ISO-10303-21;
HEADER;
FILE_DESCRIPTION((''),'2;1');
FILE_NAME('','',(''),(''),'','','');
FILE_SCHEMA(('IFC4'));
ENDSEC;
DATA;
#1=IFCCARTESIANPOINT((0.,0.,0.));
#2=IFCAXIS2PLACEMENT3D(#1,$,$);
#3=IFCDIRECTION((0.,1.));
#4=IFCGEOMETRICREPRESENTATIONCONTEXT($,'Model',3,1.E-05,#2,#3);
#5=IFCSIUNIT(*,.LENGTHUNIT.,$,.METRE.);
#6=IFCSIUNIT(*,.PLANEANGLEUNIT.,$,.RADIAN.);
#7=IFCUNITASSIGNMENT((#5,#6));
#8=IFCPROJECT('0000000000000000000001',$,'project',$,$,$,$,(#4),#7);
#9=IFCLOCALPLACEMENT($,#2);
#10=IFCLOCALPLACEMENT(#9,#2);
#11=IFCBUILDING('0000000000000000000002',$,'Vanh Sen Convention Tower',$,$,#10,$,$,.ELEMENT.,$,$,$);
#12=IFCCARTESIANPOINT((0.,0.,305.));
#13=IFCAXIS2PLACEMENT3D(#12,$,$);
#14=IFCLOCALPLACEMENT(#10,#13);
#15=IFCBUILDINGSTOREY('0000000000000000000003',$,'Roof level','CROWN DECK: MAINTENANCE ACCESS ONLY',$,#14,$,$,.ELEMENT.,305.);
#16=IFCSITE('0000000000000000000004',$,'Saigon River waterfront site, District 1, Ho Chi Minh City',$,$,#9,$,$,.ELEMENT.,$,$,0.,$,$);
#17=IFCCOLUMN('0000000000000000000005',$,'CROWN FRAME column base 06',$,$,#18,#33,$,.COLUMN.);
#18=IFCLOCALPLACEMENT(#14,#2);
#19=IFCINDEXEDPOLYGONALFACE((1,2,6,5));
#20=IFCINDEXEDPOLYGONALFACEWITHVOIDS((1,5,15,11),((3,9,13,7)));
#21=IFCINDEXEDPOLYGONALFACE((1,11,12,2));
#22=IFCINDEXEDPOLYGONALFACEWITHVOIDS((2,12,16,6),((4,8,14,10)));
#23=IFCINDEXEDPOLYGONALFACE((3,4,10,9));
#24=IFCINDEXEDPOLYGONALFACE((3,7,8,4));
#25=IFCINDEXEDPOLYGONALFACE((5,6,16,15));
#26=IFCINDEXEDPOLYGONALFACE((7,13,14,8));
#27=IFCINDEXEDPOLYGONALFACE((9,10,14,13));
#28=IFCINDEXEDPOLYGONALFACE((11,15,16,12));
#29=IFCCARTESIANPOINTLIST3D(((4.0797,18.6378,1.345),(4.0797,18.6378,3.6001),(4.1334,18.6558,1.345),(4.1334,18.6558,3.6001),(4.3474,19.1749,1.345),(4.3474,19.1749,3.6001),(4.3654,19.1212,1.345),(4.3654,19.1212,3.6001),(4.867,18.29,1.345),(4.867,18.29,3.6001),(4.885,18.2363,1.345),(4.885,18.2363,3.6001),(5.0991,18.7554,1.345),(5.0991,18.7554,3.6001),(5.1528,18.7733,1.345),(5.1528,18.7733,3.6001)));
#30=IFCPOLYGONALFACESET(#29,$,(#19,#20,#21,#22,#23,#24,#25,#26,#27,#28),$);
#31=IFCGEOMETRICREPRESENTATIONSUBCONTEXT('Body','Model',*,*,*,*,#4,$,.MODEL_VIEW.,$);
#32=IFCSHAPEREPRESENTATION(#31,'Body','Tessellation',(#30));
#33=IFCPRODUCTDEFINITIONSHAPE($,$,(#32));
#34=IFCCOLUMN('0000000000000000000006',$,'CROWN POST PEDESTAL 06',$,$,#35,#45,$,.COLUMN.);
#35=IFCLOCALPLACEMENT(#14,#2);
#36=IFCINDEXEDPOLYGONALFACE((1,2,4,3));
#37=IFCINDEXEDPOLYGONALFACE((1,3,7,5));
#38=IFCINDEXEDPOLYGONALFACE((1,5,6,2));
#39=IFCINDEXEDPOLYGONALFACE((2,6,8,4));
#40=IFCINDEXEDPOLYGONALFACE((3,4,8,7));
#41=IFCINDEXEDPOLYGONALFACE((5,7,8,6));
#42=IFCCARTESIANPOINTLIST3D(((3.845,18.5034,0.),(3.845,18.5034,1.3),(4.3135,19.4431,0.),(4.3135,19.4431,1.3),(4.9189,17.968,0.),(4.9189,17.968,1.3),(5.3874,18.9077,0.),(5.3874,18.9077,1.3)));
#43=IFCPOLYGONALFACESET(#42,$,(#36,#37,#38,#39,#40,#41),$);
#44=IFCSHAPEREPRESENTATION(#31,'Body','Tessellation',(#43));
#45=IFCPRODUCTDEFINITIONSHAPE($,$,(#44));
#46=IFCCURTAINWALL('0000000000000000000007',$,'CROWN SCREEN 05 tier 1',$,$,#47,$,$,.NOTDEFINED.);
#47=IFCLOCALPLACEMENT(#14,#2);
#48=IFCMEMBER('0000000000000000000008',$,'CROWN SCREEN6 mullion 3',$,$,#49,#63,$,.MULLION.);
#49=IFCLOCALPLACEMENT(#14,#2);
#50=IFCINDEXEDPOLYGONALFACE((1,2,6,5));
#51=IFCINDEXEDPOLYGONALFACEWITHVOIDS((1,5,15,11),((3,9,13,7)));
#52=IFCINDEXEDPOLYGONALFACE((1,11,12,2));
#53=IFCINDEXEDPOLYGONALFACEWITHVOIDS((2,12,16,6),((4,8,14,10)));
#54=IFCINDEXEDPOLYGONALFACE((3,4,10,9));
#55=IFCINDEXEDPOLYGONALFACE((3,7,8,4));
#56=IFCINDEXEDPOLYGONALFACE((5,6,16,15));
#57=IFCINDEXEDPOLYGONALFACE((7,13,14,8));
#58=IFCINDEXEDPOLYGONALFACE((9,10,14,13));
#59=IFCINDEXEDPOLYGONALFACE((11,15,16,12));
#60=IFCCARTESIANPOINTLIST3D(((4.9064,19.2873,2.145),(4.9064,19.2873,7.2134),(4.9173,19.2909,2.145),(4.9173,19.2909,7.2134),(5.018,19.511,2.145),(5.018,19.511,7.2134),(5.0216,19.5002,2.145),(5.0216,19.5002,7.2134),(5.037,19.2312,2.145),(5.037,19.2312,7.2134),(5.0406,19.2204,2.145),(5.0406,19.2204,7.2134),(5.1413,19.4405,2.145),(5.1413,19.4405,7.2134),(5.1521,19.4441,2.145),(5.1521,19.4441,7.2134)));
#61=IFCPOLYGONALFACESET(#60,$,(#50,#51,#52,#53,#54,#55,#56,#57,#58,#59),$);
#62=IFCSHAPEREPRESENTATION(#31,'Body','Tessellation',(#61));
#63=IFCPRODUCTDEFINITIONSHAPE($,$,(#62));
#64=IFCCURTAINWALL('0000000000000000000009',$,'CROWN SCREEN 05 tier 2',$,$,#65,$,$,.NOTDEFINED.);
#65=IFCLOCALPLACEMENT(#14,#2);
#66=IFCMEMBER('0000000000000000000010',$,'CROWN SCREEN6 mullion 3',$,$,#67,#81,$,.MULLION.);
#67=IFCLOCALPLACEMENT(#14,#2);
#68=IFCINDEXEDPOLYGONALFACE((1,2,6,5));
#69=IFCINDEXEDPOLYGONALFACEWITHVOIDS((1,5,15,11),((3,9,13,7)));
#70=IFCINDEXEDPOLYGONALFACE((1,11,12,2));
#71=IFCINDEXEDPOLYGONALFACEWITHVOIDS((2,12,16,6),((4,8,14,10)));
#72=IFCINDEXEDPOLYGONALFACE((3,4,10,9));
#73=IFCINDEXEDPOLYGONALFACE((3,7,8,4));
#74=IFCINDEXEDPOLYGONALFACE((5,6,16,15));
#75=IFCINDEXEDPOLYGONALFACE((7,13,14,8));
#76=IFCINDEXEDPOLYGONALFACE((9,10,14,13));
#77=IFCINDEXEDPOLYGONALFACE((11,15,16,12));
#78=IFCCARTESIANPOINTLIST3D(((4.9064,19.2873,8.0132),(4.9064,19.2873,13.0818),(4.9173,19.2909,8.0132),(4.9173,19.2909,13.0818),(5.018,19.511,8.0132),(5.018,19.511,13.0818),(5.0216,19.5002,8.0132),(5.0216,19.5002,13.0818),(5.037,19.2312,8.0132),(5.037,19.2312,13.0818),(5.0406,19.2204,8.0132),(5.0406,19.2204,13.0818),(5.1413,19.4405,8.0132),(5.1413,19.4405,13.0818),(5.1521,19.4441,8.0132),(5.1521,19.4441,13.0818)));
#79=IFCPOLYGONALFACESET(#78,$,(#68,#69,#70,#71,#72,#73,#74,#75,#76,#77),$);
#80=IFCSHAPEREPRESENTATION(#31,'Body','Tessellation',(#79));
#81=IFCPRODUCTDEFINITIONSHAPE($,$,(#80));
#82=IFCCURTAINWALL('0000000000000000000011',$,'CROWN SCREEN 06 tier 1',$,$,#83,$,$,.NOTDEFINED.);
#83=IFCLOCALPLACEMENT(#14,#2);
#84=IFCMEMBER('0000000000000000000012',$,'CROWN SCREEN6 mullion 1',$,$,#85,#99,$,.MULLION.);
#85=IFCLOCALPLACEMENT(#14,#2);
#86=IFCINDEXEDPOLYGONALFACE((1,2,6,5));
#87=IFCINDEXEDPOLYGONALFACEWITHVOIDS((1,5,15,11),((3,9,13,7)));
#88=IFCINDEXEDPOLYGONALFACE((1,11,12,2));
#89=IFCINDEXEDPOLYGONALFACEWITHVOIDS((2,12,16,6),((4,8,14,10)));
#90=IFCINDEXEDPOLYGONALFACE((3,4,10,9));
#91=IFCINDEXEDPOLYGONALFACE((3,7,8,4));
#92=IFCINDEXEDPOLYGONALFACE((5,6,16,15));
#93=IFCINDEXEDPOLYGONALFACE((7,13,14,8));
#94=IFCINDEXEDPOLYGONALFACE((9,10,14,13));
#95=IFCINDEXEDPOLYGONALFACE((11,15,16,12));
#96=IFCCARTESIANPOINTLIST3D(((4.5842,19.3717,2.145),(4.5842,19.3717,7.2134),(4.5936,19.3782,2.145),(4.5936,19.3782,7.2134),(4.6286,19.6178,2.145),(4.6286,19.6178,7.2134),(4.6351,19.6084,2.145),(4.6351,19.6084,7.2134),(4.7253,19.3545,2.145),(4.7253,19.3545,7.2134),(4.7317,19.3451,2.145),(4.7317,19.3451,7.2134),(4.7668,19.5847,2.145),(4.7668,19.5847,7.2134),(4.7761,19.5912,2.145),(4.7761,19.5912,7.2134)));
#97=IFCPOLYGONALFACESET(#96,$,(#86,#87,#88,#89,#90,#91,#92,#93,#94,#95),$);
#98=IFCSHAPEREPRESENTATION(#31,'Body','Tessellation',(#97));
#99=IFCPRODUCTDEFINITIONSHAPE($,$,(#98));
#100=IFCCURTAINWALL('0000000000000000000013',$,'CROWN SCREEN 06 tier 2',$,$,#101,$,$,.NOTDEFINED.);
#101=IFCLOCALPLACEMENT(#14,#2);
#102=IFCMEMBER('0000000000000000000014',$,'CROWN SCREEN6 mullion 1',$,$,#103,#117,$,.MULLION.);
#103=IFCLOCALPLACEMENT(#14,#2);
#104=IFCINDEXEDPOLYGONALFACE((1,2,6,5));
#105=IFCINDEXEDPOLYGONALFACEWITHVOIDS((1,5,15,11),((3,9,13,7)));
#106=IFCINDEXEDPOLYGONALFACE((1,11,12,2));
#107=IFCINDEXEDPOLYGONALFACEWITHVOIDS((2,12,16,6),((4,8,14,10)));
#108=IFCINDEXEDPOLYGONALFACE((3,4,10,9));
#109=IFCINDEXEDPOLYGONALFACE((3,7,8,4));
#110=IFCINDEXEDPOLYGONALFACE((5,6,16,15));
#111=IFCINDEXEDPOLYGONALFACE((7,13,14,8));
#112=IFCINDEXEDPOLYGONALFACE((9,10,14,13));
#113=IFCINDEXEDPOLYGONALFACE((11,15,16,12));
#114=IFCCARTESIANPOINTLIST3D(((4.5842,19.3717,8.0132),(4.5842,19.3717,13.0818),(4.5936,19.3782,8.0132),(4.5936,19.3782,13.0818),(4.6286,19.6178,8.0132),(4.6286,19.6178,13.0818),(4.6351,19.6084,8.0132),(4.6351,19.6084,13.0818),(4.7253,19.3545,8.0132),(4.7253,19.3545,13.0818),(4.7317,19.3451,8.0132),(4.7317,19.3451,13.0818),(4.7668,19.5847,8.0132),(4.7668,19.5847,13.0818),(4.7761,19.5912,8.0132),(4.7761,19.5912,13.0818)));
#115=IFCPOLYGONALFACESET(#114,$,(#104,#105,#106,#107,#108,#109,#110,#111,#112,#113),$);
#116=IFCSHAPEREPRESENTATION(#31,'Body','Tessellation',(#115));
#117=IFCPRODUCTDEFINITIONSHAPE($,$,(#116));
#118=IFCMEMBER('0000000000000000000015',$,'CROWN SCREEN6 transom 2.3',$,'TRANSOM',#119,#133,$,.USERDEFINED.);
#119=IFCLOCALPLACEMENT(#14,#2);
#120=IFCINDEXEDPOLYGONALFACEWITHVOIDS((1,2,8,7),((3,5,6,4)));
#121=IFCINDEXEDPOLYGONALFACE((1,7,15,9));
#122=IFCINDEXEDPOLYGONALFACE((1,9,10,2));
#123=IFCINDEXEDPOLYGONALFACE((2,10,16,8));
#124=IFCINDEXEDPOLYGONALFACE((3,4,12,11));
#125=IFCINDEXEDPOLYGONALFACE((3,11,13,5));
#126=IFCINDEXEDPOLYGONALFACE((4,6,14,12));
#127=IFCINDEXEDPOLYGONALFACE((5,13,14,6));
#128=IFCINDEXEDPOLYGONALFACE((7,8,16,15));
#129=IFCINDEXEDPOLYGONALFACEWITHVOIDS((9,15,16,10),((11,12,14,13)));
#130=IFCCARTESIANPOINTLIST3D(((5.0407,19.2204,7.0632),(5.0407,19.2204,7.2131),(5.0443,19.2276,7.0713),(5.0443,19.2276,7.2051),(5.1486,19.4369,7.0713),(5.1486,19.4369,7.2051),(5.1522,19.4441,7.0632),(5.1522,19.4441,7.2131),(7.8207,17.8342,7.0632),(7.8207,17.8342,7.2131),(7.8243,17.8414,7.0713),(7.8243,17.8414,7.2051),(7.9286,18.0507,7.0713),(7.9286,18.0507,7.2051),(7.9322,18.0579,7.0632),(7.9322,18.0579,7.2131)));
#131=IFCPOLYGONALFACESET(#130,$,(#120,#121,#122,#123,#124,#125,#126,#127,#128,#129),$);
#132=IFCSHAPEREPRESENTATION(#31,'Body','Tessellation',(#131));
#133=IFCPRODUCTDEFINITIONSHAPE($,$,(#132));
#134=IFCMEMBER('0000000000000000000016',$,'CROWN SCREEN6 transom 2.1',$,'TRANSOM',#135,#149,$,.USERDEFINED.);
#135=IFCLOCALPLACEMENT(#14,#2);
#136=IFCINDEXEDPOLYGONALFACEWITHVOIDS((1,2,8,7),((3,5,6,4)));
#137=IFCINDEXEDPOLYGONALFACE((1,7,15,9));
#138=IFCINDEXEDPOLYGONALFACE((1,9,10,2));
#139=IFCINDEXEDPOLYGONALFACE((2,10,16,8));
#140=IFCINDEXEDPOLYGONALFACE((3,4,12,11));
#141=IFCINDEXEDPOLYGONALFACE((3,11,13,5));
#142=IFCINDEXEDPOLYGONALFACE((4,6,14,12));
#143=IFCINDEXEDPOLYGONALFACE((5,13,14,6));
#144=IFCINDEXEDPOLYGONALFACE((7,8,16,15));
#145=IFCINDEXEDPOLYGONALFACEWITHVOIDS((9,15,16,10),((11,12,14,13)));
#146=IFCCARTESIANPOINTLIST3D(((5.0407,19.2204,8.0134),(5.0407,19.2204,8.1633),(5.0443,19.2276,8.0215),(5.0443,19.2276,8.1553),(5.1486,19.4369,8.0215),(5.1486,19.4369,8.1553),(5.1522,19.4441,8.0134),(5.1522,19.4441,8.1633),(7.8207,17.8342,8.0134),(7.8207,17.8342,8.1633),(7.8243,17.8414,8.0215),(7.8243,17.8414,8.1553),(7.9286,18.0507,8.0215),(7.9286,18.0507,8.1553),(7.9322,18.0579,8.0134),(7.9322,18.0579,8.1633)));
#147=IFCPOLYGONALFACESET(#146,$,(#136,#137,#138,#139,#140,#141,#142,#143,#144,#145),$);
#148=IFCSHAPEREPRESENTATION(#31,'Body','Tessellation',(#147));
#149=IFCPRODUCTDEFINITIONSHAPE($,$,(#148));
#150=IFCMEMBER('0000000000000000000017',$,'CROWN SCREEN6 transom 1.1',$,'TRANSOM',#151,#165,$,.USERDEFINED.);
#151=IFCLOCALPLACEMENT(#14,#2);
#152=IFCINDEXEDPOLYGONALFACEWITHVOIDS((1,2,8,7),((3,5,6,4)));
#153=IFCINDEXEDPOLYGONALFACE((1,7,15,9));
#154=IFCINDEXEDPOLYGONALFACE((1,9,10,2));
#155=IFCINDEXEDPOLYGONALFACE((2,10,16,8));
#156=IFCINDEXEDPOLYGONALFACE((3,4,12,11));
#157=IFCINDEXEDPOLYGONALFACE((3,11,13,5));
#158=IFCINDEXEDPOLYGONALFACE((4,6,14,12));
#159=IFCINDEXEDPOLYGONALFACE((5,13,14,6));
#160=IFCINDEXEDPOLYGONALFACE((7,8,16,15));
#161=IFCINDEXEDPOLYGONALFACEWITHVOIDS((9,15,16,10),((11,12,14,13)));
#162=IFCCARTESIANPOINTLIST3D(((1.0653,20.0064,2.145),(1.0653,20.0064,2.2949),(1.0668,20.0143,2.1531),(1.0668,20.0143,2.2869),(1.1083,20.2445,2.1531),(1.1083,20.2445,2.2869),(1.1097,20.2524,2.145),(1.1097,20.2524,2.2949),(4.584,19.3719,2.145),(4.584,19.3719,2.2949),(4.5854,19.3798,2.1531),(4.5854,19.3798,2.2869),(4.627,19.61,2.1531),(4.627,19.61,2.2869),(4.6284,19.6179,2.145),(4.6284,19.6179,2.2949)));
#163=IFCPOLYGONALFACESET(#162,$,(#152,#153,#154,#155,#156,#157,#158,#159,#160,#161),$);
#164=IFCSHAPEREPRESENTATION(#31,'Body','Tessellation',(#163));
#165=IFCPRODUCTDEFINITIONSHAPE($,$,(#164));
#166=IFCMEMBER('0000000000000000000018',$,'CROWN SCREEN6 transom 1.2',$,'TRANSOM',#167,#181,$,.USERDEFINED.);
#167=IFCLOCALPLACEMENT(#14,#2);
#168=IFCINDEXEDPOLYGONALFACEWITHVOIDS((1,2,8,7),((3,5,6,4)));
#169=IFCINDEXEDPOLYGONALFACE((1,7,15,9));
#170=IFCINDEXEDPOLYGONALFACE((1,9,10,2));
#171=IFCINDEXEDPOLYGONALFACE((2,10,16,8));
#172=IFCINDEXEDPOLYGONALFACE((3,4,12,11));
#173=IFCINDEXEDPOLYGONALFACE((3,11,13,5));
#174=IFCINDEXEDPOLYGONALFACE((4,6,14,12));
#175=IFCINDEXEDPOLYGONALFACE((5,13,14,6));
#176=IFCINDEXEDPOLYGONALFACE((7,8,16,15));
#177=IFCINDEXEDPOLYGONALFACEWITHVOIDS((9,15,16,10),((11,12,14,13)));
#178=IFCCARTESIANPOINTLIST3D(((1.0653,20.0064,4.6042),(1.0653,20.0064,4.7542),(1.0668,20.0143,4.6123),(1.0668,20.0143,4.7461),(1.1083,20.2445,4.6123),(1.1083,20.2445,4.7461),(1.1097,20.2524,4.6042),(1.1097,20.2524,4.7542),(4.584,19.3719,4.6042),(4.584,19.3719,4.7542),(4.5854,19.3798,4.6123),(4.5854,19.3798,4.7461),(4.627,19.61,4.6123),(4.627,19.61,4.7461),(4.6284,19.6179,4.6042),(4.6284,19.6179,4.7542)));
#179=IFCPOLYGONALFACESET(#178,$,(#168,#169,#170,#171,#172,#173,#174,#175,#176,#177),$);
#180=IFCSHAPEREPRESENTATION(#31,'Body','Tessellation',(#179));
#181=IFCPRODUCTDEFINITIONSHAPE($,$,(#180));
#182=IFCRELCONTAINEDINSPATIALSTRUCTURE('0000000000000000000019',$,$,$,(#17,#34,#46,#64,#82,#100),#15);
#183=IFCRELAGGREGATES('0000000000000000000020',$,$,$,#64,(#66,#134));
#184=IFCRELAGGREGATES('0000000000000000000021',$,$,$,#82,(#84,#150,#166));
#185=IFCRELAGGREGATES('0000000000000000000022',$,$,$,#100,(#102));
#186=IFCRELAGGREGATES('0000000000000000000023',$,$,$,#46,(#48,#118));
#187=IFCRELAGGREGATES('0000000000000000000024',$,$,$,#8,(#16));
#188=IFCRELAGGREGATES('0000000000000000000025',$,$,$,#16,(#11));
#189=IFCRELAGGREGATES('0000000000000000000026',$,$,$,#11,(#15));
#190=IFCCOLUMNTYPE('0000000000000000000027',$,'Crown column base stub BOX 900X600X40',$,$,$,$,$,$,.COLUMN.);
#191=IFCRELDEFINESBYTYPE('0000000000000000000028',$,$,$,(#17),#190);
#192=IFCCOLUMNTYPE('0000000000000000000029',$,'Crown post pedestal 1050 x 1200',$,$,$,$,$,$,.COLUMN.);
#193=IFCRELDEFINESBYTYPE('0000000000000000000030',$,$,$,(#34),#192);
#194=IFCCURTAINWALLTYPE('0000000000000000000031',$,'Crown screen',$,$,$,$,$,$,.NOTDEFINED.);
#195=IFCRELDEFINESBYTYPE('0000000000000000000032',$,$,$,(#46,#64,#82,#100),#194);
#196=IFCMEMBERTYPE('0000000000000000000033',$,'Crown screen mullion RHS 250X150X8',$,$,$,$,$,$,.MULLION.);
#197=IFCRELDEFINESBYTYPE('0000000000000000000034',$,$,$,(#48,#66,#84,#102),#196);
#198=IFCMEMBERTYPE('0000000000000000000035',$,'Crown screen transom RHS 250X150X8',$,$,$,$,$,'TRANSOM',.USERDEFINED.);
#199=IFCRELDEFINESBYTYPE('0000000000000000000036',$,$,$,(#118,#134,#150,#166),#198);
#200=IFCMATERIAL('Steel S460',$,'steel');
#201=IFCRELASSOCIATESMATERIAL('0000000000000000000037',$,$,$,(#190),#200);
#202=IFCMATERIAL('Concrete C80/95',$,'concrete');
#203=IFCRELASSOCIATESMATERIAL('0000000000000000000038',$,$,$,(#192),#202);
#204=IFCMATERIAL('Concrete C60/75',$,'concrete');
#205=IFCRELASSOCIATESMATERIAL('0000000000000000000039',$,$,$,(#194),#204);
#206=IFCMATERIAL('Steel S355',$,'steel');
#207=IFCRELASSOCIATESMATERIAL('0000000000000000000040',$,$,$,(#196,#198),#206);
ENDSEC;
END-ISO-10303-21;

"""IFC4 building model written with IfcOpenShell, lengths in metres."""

from ifc_helpers import new_model, si_unit, direction, frame, origin, origin_2d, place, context, subcontext, project, spatial, rectangle, hollow_rectangle, extrude, material, material_profile, profile_set, type_object, element, aggregate, save


model = new_model("IFC4")

# Units and contexts
model_context = context("Model", 3, precision=1e-05, world=origin(), true_north=direction((0.0, 1.0)))
body_context = subcontext(model_context, "Body", "Model", "MODEL_VIEW")
ifc_project = project(units=[si_unit("LENGTHUNIT", "METRE"), si_unit("PLANEANGLEUNIT", "RADIAN")], contexts=[model_context])

# Site, building, storey
site_placement = place(None, origin())
site = spatial("IfcSite", under=ifc_project, at=site_placement, Name="Saigon River waterfront site, District 1, Ho Chi Minh City", CompositionType="ELEMENT", RefElevation=0.0)
building_placement = place(site_placement, origin())
building = spatial("IfcBuilding", under=site, at=building_placement, Name="Vanh Sen Convention Tower", CompositionType="ELEMENT")
storey_placement = place(building_placement, frame((0.0, 0.0, 305.0)))
storey = spatial("IfcBuildingStorey", under=building, at=storey_placement, Name="Roof level", Description="CROWN DECK: MAINTENANCE ACCESS ONLY", CompositionType="ELEMENT", Elevation=305.0)

# Columns
ifc_material_1 = material(Name="Steel S460", Category="steel")
ifc_material_profile_1 = material_profile(ifc_material_1, hollow_rectangle(XDim=0.6001, YDim=0.8999, WallThickness=0.04, at=origin_2d()), Name="BOX 900X600X40")
ifc_profile_set_1 = profile_set([ifc_material_profile_1], Name="Steel S460")
column_type_1 = type_object("IfcColumnType", Name="Crown column base stub BOX 900X600X40", PredefinedType="COLUMN", material=ifc_profile_set_1)
column_1_placement = place(storey_placement, frame((4.6162, 18.7056, 1.345), z_axis=(0.0, 0.0, 1.0), x_axis=(-0.446198, -0.894934, 0.0)))
element("IfcColumn", 1, at=column_1_placement, inside=storey, type_object=column_type_1, Name="CROWN FRAME column base 06", PredefinedType="COLUMN", context=body_context, shape_type="SweptSolid", body=[
    extrude(hollow_rectangle(XDim=0.6001, YDim=0.8999, WallThickness=0.04, at=origin_2d()), origin(), (0.0, 0.0, 1.0), 2.2551),
])
ifc_material_2 = material(Name="Concrete C80/95", Category="concrete")
ifc_material_profile_2 = material_profile(ifc_material_2, rectangle(XDim=1.05, YDim=1.2, at=origin_2d()), Name="RC 1050X1200")
ifc_profile_set_2 = profile_set([ifc_material_profile_2], Name="Concrete C80/95")
column_type_2 = type_object("IfcColumnType", Name="Crown post pedestal 1050 x 1200", PredefinedType="COLUMN", material=ifc_profile_set_2)
column_2_placement = place(storey_placement, frame((4.6162, 18.7056, 0.0), z_axis=(0.0, 0.0, 1.0), x_axis=(-0.446198, -0.894934, 0.0)))
element("IfcColumn", 2, at=column_2_placement, inside=storey, type_object=column_type_2, Name="CROWN POST PEDESTAL 06", PredefinedType="COLUMN", context=body_context, shape_type="SweptSolid", body=[
    extrude(rectangle(XDim=1.05, YDim=1.2, at=origin_2d()), origin(), (0.0, 0.0, 1.0), 1.3),
])

# Curtain walls, members
ifc_material_3 = material(Name="Concrete C60/75", Category="concrete")
curtain_wall_type = type_object("IfcCurtainWallType", Name="Crown screen", PredefinedType="NOTDEFINED", material=ifc_material_3)
curtain_wall_1_placement = place(storey_placement, origin())
curtain_wall_1 = element("IfcCurtainWall", 3, at=curtain_wall_1_placement, inside=storey, type_object=curtain_wall_type, Name="CROWN SCREEN 05 tier 1", PredefinedType="NOTDEFINED")
ifc_material_4 = material(Name="Steel S355", Category="steel")
ifc_material_profile_3 = material_profile(ifc_material_4, hollow_rectangle(XDim=0.25, YDim=0.1499, WallThickness=0.0081, at=origin_2d()), Name="RHS 250X150X8")
ifc_profile_set_3 = profile_set([ifc_material_profile_3], Name="Steel S355")
member_type_1 = type_object("IfcMemberType", Name="Crown screen mullion RHS 250X150X8", PredefinedType="MULLION", material=ifc_profile_set_3)
member_1_placement = place(storey_placement, frame((5.0293, 19.3657, 2.145), z_axis=(0.0, 0.0, 1.0), x_axis=(-0.446193, -0.894937, 0.0)))
member_1 = element("IfcMember", 4, at=member_1_placement, type_object=member_type_1, Name="CROWN SCREEN6 mullion 3", PredefinedType="MULLION", context=body_context, shape_type="SweptSolid", body=[
    extrude(hollow_rectangle(XDim=0.25, YDim=0.1499, WallThickness=0.0081, at=origin_2d()), origin(), (0.0, 0.0, 1.0), 5.0684),
])
curtain_wall_2_placement = place(storey_placement, origin())
curtain_wall_2 = element("IfcCurtainWall", 5, at=curtain_wall_2_placement, inside=storey, type_object=curtain_wall_type, Name="CROWN SCREEN 05 tier 2", PredefinedType="NOTDEFINED")
member_2_placement = place(storey_placement, frame((5.0293, 19.3657, 8.0132), z_axis=(0.0, 0.0, 1.0), x_axis=(-0.446193, -0.894937, 0.0)))
member_2 = element("IfcMember", 6, at=member_2_placement, type_object=member_type_1, Name="CROWN SCREEN6 mullion 3", PredefinedType="MULLION", context=body_context, shape_type="SweptSolid", body=[
    extrude(hollow_rectangle(XDim=0.25, YDim=0.1499, WallThickness=0.0081, at=origin_2d()), origin(), (0.0, 0.0, 1.0), 5.0686),
])
curtain_wall_3_placement = place(storey_placement, origin())
curtain_wall_3 = element("IfcCurtainWall", 7, at=curtain_wall_3_placement, inside=storey, type_object=curtain_wall_type, Name="CROWN SCREEN 06 tier 1", PredefinedType="NOTDEFINED")
member_3_placement = place(storey_placement, frame((4.6802, 19.4814, 2.145), z_axis=(0.0, 0.0, 1.0), x_axis=(-0.177496, -0.984122, 0.0)))
member_3 = element("IfcMember", 8, at=member_3_placement, type_object=member_type_1, Name="CROWN SCREEN6 mullion 1", PredefinedType="MULLION", context=body_context, shape_type="SweptSolid", body=[
    extrude(hollow_rectangle(XDim=0.25, YDim=0.1499, WallThickness=0.0081, at=origin_2d()), origin(), (0.0, 0.0, 1.0), 5.0684),
])
curtain_wall_4_placement = place(storey_placement, origin())
curtain_wall_4 = element("IfcCurtainWall", 9, at=curtain_wall_4_placement, inside=storey, type_object=curtain_wall_type, Name="CROWN SCREEN 06 tier 2", PredefinedType="NOTDEFINED")
member_4_placement = place(storey_placement, frame((4.6802, 19.4814, 8.0132), z_axis=(0.0, 0.0, 1.0), x_axis=(-0.177496, -0.984122, 0.0)))
member_4 = element("IfcMember", 10, at=member_4_placement, type_object=member_type_1, Name="CROWN SCREEN6 mullion 1", PredefinedType="MULLION", context=body_context, shape_type="SweptSolid", body=[
    extrude(hollow_rectangle(XDim=0.25, YDim=0.1499, WallThickness=0.0081, at=origin_2d()), origin(), (0.0, 0.0, 1.0), 5.0686),
])

# Members
ifc_material_profile_4 = material_profile(ifc_material_4, hollow_rectangle(XDim=0.25, YDim=0.1499, WallThickness=0.0081, at=origin_2d()), Name="RHS 250X150X8")
ifc_profile_set_4 = profile_set([ifc_material_profile_4], Name="Steel S355")
member_type_2 = type_object("IfcMemberType", Name="Crown screen transom RHS 250X150X8", ElementType="TRANSOM", PredefinedType="USERDEFINED", material=ifc_profile_set_4)
member_5_placement = place(storey_placement, frame((7.8765, 17.946, 7.1382), z_axis=(-0.894914, 0.446239, 0.0), x_axis=(-0.446239, -0.894914, 0.0)))
member_5 = element("IfcMember", 11, at=member_5_placement, type_object=member_type_2, Name="CROWN SCREEN6 transom 2.3", ObjectType="TRANSOM", PredefinedType="USERDEFINED", context=body_context, shape_type="SweptSolid", body=[
    extrude(hollow_rectangle(XDim=0.25, YDim=0.1499, WallThickness=0.0081, at=origin_2d()), origin(), (0.0, 0.0, 1.0), 3.1064),
])
member_6_placement = place(storey_placement, frame((7.8765, 17.946, 8.0884), z_axis=(-0.894914, 0.446239, 0.0), x_axis=(-0.446239, -0.894914, 0.0)))
member_6 = element("IfcMember", 12, at=member_6_placement, type_object=member_type_2, Name="CROWN SCREEN6 transom 2.1", ObjectType="TRANSOM", PredefinedType="USERDEFINED", context=body_context, shape_type="SweptSolid", body=[
    extrude(hollow_rectangle(XDim=0.25, YDim=0.1499, WallThickness=0.0081, at=origin_2d()), origin(), (0.0, 0.0, 1.0), 3.1064),
])
aggregate(curtain_wall_2, [member_2, member_6])
member_7_placement = place(storey_placement, frame((4.6062, 19.4949, 2.22), z_axis=(-0.984128, 0.177461, 0.0), x_axis=(-0.177461, -0.984128, 0.0)))
member_7 = element("IfcMember", 13, at=member_7_placement, type_object=member_type_2, Name="CROWN SCREEN6 transom 1.1", ObjectType="TRANSOM", PredefinedType="USERDEFINED", context=body_context, shape_type="SweptSolid", body=[
    extrude(hollow_rectangle(XDim=0.25, YDim=0.1499, WallThickness=0.0081, at=origin_2d()), origin(), (0.0, 0.0, 1.0), 3.5754),
])
member_8_placement = place(storey_placement, frame((4.6062, 19.4949, 4.6792), z_axis=(-0.984128, 0.177461, 0.0), x_axis=(-0.177461, -0.984128, 0.0)))
member_8 = element("IfcMember", 14, at=member_8_placement, type_object=member_type_2, Name="CROWN SCREEN6 transom 1.2", ObjectType="TRANSOM", PredefinedType="USERDEFINED", context=body_context, shape_type="SweptSolid", body=[
    extrude(hollow_rectangle(XDim=0.25, YDim=0.1499, WallThickness=0.0081, at=origin_2d()), origin(), (0.0, 0.0, 1.0), 3.5754),
])
aggregate(curtain_wall_3, [member_3, member_7, member_8])
aggregate(curtain_wall_4, [member_4])

aggregate(curtain_wall_1, [member_1, member_5])

save(model, "model.ifc")
